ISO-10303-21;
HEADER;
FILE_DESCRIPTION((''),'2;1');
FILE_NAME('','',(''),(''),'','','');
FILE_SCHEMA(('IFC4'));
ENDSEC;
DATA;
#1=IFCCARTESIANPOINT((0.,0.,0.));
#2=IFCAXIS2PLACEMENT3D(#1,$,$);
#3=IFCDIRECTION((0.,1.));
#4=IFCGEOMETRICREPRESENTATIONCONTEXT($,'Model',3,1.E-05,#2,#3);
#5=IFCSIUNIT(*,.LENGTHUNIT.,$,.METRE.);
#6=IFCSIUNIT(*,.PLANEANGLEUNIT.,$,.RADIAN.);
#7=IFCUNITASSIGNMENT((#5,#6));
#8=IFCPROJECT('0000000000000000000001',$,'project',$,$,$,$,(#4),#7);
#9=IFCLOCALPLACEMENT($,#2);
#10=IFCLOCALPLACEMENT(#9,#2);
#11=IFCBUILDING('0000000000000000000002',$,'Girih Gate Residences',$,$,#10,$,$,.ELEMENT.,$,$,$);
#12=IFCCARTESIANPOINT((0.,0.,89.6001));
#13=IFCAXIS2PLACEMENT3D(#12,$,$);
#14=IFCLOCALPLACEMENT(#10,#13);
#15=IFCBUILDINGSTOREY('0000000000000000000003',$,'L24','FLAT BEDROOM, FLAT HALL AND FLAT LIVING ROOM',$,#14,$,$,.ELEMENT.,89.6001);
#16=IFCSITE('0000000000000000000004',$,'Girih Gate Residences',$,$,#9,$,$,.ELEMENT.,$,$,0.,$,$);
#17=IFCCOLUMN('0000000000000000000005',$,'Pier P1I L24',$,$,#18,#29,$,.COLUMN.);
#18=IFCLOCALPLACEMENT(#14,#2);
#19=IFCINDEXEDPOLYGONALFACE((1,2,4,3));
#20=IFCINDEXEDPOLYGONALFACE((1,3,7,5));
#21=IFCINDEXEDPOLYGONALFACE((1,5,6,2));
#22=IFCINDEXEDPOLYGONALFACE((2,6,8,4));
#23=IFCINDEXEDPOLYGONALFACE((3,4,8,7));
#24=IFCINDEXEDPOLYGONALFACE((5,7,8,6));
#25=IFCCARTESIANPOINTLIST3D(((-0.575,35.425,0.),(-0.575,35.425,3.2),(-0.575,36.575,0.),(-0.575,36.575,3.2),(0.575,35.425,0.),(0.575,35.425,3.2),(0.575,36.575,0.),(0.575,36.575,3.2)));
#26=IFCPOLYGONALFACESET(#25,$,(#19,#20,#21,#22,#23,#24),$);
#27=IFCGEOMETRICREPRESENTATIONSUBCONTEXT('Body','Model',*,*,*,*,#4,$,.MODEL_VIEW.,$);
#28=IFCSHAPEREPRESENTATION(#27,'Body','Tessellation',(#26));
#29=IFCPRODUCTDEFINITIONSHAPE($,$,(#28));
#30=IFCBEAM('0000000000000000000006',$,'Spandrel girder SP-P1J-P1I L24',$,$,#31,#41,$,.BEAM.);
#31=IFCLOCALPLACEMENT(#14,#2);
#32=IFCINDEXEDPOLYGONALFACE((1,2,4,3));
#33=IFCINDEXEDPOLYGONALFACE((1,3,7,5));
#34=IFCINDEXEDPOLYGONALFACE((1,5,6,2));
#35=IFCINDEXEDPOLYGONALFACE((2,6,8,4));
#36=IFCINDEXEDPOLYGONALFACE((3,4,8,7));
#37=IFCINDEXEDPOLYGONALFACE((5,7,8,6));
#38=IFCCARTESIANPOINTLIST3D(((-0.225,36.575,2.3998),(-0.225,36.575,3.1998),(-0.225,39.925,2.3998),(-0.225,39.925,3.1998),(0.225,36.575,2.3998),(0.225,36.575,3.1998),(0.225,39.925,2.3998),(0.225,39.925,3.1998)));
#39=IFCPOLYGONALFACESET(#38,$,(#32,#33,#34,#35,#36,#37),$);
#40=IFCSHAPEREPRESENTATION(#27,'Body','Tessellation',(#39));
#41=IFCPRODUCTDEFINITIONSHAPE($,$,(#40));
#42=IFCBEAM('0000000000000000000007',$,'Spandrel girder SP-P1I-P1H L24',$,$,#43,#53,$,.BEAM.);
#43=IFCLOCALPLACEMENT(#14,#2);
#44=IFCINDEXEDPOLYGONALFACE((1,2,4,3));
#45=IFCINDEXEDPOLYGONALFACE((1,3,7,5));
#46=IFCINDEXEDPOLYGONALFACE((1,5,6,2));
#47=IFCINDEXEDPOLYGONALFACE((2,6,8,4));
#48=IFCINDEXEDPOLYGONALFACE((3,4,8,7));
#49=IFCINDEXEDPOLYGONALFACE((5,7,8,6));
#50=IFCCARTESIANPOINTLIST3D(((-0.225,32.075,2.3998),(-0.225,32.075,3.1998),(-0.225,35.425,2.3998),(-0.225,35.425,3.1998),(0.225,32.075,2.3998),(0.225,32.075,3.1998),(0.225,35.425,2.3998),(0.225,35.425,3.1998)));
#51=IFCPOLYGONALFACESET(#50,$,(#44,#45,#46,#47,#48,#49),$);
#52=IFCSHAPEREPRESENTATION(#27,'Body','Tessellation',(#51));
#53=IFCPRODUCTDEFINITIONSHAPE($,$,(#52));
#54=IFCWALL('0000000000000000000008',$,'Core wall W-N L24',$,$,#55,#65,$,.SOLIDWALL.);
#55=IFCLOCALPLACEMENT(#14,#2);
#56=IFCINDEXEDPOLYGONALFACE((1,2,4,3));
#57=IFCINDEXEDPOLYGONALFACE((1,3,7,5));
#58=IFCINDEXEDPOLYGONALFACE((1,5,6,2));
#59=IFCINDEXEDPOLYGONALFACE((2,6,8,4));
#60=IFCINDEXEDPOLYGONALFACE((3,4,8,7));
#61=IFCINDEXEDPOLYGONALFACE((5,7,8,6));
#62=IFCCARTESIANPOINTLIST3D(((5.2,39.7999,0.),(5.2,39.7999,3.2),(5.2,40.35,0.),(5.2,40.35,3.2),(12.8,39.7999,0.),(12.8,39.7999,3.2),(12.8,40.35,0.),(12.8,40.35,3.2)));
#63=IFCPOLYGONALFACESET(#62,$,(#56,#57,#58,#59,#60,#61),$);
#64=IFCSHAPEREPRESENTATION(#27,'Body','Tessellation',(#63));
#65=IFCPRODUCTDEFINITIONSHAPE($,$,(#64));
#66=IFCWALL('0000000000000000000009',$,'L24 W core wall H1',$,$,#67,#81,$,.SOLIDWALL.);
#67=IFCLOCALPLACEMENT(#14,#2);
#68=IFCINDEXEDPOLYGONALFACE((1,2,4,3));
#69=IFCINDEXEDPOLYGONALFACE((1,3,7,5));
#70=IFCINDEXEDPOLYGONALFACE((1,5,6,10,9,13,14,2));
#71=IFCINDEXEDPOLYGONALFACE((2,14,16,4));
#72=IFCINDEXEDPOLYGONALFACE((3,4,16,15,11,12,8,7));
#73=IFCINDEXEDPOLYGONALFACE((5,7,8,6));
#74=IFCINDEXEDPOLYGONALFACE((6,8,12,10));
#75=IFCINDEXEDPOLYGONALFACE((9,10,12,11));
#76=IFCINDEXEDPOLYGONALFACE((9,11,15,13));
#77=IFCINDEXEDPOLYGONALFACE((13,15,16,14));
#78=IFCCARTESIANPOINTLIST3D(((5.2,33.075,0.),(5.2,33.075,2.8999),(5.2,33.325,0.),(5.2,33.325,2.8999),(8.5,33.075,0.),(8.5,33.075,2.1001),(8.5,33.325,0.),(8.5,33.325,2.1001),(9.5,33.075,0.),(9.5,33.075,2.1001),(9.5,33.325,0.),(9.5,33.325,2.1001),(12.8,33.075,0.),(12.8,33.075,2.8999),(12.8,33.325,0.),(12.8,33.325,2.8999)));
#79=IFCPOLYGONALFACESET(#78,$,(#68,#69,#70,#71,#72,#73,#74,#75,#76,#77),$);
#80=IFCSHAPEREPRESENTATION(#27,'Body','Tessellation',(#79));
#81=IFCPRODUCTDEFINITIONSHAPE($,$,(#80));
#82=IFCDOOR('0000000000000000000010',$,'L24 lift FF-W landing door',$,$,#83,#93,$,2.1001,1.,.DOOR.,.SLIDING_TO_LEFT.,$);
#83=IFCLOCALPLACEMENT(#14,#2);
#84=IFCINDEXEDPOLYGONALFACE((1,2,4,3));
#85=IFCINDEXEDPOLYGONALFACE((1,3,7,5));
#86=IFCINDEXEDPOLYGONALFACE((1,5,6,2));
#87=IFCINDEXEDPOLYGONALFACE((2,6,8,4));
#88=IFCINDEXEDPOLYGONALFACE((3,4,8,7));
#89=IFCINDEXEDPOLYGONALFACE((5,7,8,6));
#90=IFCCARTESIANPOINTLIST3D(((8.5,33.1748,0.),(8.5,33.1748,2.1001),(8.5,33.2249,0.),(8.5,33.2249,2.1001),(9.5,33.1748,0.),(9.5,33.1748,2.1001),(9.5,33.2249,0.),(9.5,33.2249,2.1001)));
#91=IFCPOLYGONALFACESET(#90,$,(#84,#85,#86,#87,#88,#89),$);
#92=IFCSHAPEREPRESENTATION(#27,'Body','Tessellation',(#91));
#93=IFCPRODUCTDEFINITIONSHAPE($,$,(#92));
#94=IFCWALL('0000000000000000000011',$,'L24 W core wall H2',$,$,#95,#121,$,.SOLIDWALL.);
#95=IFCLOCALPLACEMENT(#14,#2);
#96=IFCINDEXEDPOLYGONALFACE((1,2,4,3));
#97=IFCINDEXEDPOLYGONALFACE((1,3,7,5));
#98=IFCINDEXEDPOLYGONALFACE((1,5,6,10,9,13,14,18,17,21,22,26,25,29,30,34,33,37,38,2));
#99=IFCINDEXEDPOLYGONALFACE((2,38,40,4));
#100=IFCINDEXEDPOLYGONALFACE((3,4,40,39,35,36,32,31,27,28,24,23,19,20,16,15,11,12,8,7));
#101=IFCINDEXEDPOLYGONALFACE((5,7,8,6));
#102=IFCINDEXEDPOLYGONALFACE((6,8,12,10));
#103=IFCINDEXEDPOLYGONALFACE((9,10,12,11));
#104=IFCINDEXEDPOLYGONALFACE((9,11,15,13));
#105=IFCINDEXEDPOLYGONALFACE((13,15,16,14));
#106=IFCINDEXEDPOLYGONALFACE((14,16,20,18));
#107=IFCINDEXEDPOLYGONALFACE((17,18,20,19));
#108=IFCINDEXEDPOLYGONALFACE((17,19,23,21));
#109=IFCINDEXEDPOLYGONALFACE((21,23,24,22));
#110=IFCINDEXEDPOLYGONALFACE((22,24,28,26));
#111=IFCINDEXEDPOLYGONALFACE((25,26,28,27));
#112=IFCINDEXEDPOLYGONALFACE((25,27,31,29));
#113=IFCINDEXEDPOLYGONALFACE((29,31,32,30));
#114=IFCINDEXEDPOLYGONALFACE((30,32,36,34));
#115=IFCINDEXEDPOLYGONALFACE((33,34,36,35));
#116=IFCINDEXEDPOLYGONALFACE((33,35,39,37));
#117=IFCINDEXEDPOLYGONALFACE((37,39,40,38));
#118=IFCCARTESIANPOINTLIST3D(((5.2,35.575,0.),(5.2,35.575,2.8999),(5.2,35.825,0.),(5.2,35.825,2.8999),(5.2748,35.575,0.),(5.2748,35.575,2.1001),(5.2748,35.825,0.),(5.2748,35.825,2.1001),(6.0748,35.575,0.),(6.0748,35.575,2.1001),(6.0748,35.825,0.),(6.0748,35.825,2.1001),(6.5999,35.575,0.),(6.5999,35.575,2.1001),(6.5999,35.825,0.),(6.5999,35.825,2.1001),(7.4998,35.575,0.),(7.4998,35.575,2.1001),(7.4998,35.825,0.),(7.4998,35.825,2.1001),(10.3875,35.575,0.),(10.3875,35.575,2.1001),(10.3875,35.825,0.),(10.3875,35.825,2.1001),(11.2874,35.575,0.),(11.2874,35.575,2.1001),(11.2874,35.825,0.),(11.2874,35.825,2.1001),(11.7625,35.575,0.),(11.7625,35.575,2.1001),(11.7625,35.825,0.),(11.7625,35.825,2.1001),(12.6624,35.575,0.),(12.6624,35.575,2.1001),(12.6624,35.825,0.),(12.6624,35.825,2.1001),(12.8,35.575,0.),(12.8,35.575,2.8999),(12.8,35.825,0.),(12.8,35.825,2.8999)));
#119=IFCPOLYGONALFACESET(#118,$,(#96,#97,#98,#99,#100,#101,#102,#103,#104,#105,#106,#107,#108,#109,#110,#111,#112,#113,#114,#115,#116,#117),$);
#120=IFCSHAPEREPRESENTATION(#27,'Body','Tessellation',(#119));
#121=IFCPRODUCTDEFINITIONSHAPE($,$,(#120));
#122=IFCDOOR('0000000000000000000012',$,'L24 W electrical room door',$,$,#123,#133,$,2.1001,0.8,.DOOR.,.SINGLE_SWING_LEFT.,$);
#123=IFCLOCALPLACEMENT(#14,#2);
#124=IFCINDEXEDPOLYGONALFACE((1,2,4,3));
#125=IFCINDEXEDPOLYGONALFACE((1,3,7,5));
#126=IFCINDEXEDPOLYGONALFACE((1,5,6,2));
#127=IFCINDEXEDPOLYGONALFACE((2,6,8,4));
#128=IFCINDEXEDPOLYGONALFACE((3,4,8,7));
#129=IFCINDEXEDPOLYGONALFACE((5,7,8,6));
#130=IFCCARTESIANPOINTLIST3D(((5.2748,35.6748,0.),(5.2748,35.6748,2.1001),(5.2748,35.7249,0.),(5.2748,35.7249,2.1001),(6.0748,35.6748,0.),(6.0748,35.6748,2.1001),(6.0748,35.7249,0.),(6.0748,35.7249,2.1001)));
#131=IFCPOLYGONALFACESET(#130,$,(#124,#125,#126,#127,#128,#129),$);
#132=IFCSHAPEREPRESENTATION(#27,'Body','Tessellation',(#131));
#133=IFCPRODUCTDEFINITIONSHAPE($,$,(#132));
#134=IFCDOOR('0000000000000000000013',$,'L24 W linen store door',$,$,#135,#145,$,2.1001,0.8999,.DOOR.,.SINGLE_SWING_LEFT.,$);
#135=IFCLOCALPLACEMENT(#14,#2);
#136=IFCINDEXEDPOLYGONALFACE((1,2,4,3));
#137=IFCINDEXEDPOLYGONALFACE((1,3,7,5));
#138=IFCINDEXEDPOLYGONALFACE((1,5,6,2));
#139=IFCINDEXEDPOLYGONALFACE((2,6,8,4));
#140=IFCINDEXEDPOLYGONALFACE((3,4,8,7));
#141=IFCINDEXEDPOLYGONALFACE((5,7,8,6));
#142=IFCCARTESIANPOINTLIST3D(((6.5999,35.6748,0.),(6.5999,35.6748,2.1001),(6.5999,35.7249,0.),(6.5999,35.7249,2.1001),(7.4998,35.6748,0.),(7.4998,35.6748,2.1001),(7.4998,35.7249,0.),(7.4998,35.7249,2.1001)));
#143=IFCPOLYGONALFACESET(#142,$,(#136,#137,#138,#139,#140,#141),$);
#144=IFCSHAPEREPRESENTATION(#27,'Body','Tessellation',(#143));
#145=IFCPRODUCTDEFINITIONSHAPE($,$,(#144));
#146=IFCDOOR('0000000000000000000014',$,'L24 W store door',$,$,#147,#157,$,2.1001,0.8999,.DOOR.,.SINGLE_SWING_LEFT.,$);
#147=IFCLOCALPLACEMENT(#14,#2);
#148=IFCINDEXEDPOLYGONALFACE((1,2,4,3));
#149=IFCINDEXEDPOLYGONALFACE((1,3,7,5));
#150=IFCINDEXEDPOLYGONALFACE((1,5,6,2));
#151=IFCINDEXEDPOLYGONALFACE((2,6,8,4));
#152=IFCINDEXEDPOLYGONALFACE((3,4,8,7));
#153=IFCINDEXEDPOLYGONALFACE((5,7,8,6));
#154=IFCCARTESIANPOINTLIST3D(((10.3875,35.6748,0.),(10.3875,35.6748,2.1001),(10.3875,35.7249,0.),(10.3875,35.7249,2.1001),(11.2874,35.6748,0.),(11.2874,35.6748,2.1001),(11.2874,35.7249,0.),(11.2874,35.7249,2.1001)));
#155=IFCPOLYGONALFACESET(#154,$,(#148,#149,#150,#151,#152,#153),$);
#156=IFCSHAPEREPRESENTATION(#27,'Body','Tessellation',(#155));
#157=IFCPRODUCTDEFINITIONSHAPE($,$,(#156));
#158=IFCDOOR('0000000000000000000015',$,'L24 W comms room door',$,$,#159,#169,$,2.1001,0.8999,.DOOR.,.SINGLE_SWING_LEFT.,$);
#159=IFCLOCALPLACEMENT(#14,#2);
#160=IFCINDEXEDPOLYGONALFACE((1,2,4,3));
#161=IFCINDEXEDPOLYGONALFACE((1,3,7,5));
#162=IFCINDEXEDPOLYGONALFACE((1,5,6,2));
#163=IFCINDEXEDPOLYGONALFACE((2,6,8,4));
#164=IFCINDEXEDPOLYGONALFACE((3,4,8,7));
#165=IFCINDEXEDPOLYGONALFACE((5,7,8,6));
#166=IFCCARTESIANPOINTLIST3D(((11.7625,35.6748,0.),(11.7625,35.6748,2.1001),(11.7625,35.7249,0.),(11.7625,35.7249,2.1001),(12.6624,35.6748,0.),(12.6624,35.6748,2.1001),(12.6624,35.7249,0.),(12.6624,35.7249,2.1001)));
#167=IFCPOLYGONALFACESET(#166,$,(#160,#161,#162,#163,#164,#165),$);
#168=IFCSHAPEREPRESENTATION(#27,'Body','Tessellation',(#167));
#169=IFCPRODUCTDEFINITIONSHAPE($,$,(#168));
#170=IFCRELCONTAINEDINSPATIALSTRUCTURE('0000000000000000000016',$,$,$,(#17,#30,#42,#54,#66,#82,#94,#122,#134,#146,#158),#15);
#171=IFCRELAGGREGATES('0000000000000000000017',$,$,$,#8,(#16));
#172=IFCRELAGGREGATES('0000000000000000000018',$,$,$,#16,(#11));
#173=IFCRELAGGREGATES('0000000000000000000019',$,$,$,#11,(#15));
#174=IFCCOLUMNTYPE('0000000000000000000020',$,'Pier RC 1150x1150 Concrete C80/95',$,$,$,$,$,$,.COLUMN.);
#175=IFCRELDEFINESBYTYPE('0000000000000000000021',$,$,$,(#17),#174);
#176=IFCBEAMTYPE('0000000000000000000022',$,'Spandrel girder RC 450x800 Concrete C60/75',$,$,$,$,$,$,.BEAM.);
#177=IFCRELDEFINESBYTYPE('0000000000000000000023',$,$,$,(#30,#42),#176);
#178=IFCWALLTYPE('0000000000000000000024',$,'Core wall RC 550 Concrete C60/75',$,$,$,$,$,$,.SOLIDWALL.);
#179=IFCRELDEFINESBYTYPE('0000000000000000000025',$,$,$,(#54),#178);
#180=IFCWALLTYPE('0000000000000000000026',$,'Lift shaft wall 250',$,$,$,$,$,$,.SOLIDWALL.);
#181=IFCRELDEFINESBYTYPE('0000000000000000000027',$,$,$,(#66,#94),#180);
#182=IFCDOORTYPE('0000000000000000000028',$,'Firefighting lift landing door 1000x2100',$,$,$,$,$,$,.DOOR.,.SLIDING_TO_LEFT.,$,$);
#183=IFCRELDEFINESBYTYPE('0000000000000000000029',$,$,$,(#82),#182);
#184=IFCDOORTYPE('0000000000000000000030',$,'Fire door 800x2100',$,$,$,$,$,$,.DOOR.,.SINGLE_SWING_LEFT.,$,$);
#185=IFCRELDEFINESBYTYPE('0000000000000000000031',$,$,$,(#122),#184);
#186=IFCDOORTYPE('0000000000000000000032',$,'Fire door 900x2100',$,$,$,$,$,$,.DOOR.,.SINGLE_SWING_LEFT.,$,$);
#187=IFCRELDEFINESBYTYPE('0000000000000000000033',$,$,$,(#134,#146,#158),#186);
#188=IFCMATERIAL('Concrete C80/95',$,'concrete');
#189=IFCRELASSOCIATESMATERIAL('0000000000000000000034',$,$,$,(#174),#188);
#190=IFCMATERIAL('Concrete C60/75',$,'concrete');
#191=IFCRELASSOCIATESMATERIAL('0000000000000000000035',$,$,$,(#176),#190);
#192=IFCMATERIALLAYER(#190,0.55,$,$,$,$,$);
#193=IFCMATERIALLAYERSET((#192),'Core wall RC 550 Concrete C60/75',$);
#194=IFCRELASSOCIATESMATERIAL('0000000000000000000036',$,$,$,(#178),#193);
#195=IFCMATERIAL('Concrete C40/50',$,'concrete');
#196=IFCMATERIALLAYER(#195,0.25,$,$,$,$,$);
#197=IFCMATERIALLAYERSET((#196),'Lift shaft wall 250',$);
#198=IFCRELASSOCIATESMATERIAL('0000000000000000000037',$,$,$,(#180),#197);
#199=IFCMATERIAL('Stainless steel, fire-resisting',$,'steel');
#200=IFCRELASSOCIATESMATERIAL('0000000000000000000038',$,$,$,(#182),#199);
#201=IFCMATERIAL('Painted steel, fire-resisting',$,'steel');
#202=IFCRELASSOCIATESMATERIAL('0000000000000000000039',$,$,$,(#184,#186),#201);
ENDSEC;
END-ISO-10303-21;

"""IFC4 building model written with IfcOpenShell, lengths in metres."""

from ifc_helpers import new_model, si_unit, direction, frame, frame_2d, origin, origin_2d, place, context, subcontext, project, spatial, rectangle, extrude, material, layer, layer_set, material_profile, profile_set, type_object, element, fill, save


model = new_model("IFC4")

# Units and contexts
model_context = context("Model", 3, precision=1e-05, world=origin(), true_north=direction((0.0, 1.0)))
body_context = subcontext(model_context, "Body", "Model", "MODEL_VIEW")
ifc_project = project(units=[si_unit("LENGTHUNIT", "METRE"), si_unit("PLANEANGLEUNIT", "RADIAN")], contexts=[model_context])

# Site, building, storey
site_placement = place(None, origin())
site = spatial("IfcSite", under=ifc_project, at=site_placement, Name="Girih Gate Residences", CompositionType="ELEMENT", RefElevation=0.0)
building_placement = place(site_placement, origin())
building = spatial("IfcBuilding", under=site, at=building_placement, Name="Girih Gate Residences", CompositionType="ELEMENT")
storey_placement = place(building_placement, frame((0.0, 0.0, 89.6001)))
storey = spatial("IfcBuildingStorey", under=building, at=storey_placement, Name="L24", Description="FLAT BEDROOM, FLAT HALL AND FLAT LIVING ROOM", CompositionType="ELEMENT", Elevation=89.6001)

# Column
ifc_material_1 = material(Name="Concrete C80/95", Category="concrete")
ifc_material_profile_1 = material_profile(ifc_material_1, rectangle(XDim=1.1499, YDim=1.1499, at=origin_2d()))
ifc_profile_set_1 = profile_set([ifc_material_profile_1], Name="Concrete C80/95")
column_type = type_object("IfcColumnType", Name="Pier RC 1150x1150 Concrete C80/95", PredefinedType="COLUMN", material=ifc_profile_set_1)
column_placement = place(storey_placement, frame((0.0, 36.0, 0.0), z_axis=(0.0, 0.0, 1.0), x_axis=(1.0, 0.0, 0.0)))
element("IfcColumn", 1, at=column_placement, inside=storey, type_object=column_type, Name="Pier P1I L24", PredefinedType="COLUMN", context=body_context, shape_type="SweptSolid", body=[
    extrude(rectangle(XDim=1.1499, YDim=1.1499, at=origin_2d()), origin(), (0.0, 0.0, 1.0), 3.2),
])

# Beams
ifc_material_2 = material(Name="Concrete C60/75", Category="concrete")
ifc_material_profile_2 = material_profile(ifc_material_2, rectangle(XDim=0.45, YDim=0.8, at=origin_2d()))
ifc_profile_set_2 = profile_set([ifc_material_profile_2], Name="Concrete C60/75")
beam_type = type_object("IfcBeamType", Name="Spandrel girder RC 450x800 Concrete C60/75", PredefinedType="BEAM", material=ifc_profile_set_2)
for number, where, z_axis, x_axis, name in (
    (2, (0.0, 39.925, 2.7998), (0.0, -1.0, 0.0), (1.0, 0.0, 0.0), "Spandrel girder SP-P1J-P1I L24"),
    (3, (0.0, 35.425, 2.7998), (0.0, -1.0, 0.0), (1.0, 0.0, 0.0), "Spandrel girder SP-P1I-P1H L24"),
):
    element("IfcBeam", number, at=place(storey_placement, frame(where, z_axis=z_axis, x_axis=x_axis)), inside=storey, type_object=beam_type, Name=name, PredefinedType="BEAM", context=body_context, shape_type="SweptSolid", body=[
        extrude(rectangle(XDim=0.45, YDim=0.8, at=origin_2d()), origin(), (0.0, 0.0, 1.0), 3.3501),
    ])

# Wall
ifc_layer_1 = layer(ifc_material_2, 0.55)
ifc_layer_set_1 = layer_set([ifc_layer_1], Name="Core wall RC 550 Concrete C60/75")
wall_type_1 = type_object("IfcWallType", Name="Core wall RC 550 Concrete C60/75", PredefinedType="SOLIDWALL", material=ifc_layer_set_1)
wall_1_placement = place(storey_placement, frame((5.2, 40.075, 0.0), z_axis=(0.0, 0.0, 1.0), x_axis=(1.0, 0.0, 0.0)))
element("IfcWall", 4, at=wall_1_placement, inside=storey, type_object=wall_type_1, Name="Core wall W-N L24", PredefinedType="SOLIDWALL", context=body_context, shape_type="SweptSolid", body=[
    extrude(rectangle(XDim=7.6001, YDim=0.55, at=frame_2d((3.8, 0.0))), origin(), (0.0, 0.0, 1.0), 3.2),
])

# Wall, opening, door
ifc_material_3 = material(Name="Concrete C40/50", Category="concrete")
ifc_layer_2 = layer(ifc_material_3, 0.25)
ifc_layer_set_2 = layer_set([ifc_layer_2], Name="Lift shaft wall 250")
wall_type_2 = type_object("IfcWallType", Name="Lift shaft wall 250", PredefinedType="SOLIDWALL", material=ifc_layer_set_2)
wall_2_placement = place(storey_placement, frame((5.2, 33.2, 0.0), z_axis=(0.0, 0.0, 1.0), x_axis=(1.0, 0.0, 0.0)))
wall_2 = element("IfcWall", 5, at=wall_2_placement, inside=storey, type_object=wall_type_2, Name="L24 W core wall H1", PredefinedType="SOLIDWALL", context=body_context, shape_type="SweptSolid", body=[
    extrude(rectangle(XDim=7.6001, YDim=0.25, at=frame_2d((3.8, 0.0))), origin(), (0.0, 0.0, 1.0), 2.8999),
])
opening_1_placement = place(wall_2_placement, frame((3.3, 0.0, 0.0)))
opening_1 = element("IfcOpeningElement", 6, at=opening_1_placement, cuts=wall_2, PredefinedType="OPENING", context=body_context, shape_type="SweptSolid", body=[
    extrude(rectangle(XDim=1.0, YDim=2.1001, at=frame_2d((0.5, 1.05))), frame((0.0, 0.135, 0.0), z_axis=(0.0, -1.0, 0.0), x_axis=(1.0, 0.0, 0.0)), (0.0, 0.0, 1.0), 0.27),
])
ifc_material_4 = material(Name="Stainless steel, fire-resisting", Category="steel")
door_type_1 = type_object("IfcDoorType", Name="Firefighting lift landing door 1000x2100", OperationType="SLIDING_TO_LEFT", PredefinedType="DOOR", material=ifc_material_4)
door_1_placement = place(opening_1_placement, origin())
door_1 = element("IfcDoor", 7, at=door_1_placement, inside=storey, type_object=door_type_1, Name="L24 lift FF-W landing door", OperationType="SLIDING_TO_LEFT", OverallHeight=2.1001, OverallWidth=1.0, PredefinedType="DOOR", context=body_context, shape_type="SweptSolid", body=[
    extrude(rectangle(XDim=1.0, YDim=2.1001, at=frame_2d((0.5, 1.05))), frame((0.0, 0.0249, 0.0), z_axis=(0.0, -1.0, 0.0), x_axis=(1.0, 0.0, 0.0)), (0.0, 0.0, 1.0), 0.05),
])
fill(opening_1, door_1)

# Wall, openings, doors
wall_3_placement = place(storey_placement, frame((5.2, 35.7, 0.0), z_axis=(0.0, 0.0, 1.0), x_axis=(1.0, 0.0, 0.0)))
wall_3 = element("IfcWall", 8, at=wall_3_placement, inside=storey, type_object=wall_type_2, Name="L24 W core wall H2", PredefinedType="SOLIDWALL", context=body_context, shape_type="SweptSolid", body=[
    extrude(rectangle(XDim=7.6001, YDim=0.25, at=frame_2d((3.8, 0.0))), origin(), (0.0, 0.0, 1.0), 2.8999),
])
opening_2_placement = place(wall_3_placement, frame((0.075, 0.0, 0.0)))
opening_2 = element("IfcOpeningElement", 9, at=opening_2_placement, cuts=wall_3, PredefinedType="OPENING", context=body_context, shape_type="SweptSolid", body=[
    extrude(rectangle(XDim=0.8, YDim=2.1001, at=frame_2d((0.3999, 1.05))), frame((0.0, 0.135, 0.0), z_axis=(0.0, -1.0, 0.0), x_axis=(1.0, 0.0, 0.0)), (0.0, 0.0, 1.0), 0.27),
])
opening_3_placement = place(wall_3_placement, frame((1.3999, 0.0, 0.0)))
opening_3 = element("IfcOpeningElement", 10, at=opening_3_placement, cuts=wall_3, PredefinedType="OPENING", context=body_context, shape_type="SweptSolid", body=[
    extrude(rectangle(XDim=0.8999, YDim=2.1001, at=frame_2d((0.45, 1.05))), frame((0.0, 0.135, 0.0), z_axis=(0.0, -1.0, 0.0), x_axis=(1.0, 0.0, 0.0)), (0.0, 0.0, 1.0), 0.27),
])
opening_4_placement = place(wall_3_placement, frame((5.1875, 0.0, 0.0)))
opening_4 = element("IfcOpeningElement", 11, at=opening_4_placement, cuts=wall_3, PredefinedType="OPENING", context=body_context, shape_type="SweptSolid", body=[
    extrude(rectangle(XDim=0.8999, YDim=2.1001, at=frame_2d((0.45, 1.05))), frame((0.0, 0.135, 0.0), z_axis=(0.0, -1.0, 0.0), x_axis=(1.0, 0.0, 0.0)), (0.0, 0.0, 1.0), 0.27),
])
opening_5_placement = place(wall_3_placement, frame((6.5625, 0.0, 0.0)))
opening_5 = element("IfcOpeningElement", 12, at=opening_5_placement, cuts=wall_3, PredefinedType="OPENING", context=body_context, shape_type="SweptSolid", body=[
    extrude(rectangle(XDim=0.8999, YDim=2.1001, at=frame_2d((0.45, 1.05))), frame((0.0, 0.135, 0.0), z_axis=(0.0, -1.0, 0.0), x_axis=(1.0, 0.0, 0.0)), (0.0, 0.0, 1.0), 0.27),
])
ifc_material_5 = material(Name="Painted steel, fire-resisting", Category="steel")
door_type_2 = type_object("IfcDoorType", Name="Fire door 800x2100", OperationType="SINGLE_SWING_LEFT", PredefinedType="DOOR", material=ifc_material_5)
door_2_placement = place(opening_2_placement, origin())
door_2 = element("IfcDoor", 13, at=door_2_placement, inside=storey, type_object=door_type_2, Name="L24 W electrical room door", OperationType="SINGLE_SWING_LEFT", OverallHeight=2.1001, OverallWidth=0.8, PredefinedType="DOOR", context=body_context, shape_type="SweptSolid", body=[
    extrude(rectangle(XDim=0.8, YDim=2.1001, at=frame_2d((0.3999, 1.05))), frame((0.0, 0.0249, 0.0), z_axis=(0.0, -1.0, 0.0), x_axis=(1.0, 0.0, 0.0)), (0.0, 0.0, 1.0), 0.05),
])
fill(opening_2, door_2)
door_type_3 = type_object("IfcDoorType", Name="Fire door 900x2100", OperationType="SINGLE_SWING_LEFT", PredefinedType="DOOR", material=ifc_material_5)
door_3_placement = place(opening_3_placement, origin())
door_3 = element("IfcDoor", 14, at=door_3_placement, inside=storey, type_object=door_type_3, Name="L24 W linen store door", OperationType="SINGLE_SWING_LEFT", OverallHeight=2.1001, OverallWidth=0.8999, PredefinedType="DOOR", context=body_context, shape_type="SweptSolid", body=[
    extrude(rectangle(XDim=0.8999, YDim=2.1001, at=frame_2d((0.45, 1.05))), frame((0.0, 0.0249, 0.0), z_axis=(0.0, -1.0, 0.0), x_axis=(1.0, 0.0, 0.0)), (0.0, 0.0, 1.0), 0.05),
])
fill(opening_3, door_3)
door_4_placement = place(opening_4_placement, origin())
door_4 = element("IfcDoor", 15, at=door_4_placement, inside=storey, type_object=door_type_3, Name="L24 W store door", OperationType="SINGLE_SWING_LEFT", OverallHeight=2.1001, OverallWidth=0.8999, PredefinedType="DOOR", context=body_context, shape_type="SweptSolid", body=[
    extrude(rectangle(XDim=0.8999, YDim=2.1001, at=frame_2d((0.45, 1.05))), frame((0.0, 0.0249, 0.0), z_axis=(0.0, -1.0, 0.0), x_axis=(1.0, 0.0, 0.0)), (0.0, 0.0, 1.0), 0.05),
])
fill(opening_4, door_4)
door_5_placement = place(opening_5_placement, origin())
door_5 = element("IfcDoor", 16, at=door_5_placement, inside=storey, type_object=door_type_3, Name="L24 W comms room door", OperationType="SINGLE_SWING_LEFT", OverallHeight=2.1001, OverallWidth=0.8999, PredefinedType="DOOR", context=body_context, shape_type="SweptSolid", body=[
    extrude(rectangle(XDim=0.8999, YDim=2.1001, at=frame_2d((0.45, 1.05))), frame((0.0, 0.0249, 0.0), z_axis=(0.0, -1.0, 0.0), x_axis=(1.0, 0.0, 0.0)), (0.0, 0.0, 1.0), 0.05),
])
fill(opening_5, door_5)

save(model, "model.ifc")
